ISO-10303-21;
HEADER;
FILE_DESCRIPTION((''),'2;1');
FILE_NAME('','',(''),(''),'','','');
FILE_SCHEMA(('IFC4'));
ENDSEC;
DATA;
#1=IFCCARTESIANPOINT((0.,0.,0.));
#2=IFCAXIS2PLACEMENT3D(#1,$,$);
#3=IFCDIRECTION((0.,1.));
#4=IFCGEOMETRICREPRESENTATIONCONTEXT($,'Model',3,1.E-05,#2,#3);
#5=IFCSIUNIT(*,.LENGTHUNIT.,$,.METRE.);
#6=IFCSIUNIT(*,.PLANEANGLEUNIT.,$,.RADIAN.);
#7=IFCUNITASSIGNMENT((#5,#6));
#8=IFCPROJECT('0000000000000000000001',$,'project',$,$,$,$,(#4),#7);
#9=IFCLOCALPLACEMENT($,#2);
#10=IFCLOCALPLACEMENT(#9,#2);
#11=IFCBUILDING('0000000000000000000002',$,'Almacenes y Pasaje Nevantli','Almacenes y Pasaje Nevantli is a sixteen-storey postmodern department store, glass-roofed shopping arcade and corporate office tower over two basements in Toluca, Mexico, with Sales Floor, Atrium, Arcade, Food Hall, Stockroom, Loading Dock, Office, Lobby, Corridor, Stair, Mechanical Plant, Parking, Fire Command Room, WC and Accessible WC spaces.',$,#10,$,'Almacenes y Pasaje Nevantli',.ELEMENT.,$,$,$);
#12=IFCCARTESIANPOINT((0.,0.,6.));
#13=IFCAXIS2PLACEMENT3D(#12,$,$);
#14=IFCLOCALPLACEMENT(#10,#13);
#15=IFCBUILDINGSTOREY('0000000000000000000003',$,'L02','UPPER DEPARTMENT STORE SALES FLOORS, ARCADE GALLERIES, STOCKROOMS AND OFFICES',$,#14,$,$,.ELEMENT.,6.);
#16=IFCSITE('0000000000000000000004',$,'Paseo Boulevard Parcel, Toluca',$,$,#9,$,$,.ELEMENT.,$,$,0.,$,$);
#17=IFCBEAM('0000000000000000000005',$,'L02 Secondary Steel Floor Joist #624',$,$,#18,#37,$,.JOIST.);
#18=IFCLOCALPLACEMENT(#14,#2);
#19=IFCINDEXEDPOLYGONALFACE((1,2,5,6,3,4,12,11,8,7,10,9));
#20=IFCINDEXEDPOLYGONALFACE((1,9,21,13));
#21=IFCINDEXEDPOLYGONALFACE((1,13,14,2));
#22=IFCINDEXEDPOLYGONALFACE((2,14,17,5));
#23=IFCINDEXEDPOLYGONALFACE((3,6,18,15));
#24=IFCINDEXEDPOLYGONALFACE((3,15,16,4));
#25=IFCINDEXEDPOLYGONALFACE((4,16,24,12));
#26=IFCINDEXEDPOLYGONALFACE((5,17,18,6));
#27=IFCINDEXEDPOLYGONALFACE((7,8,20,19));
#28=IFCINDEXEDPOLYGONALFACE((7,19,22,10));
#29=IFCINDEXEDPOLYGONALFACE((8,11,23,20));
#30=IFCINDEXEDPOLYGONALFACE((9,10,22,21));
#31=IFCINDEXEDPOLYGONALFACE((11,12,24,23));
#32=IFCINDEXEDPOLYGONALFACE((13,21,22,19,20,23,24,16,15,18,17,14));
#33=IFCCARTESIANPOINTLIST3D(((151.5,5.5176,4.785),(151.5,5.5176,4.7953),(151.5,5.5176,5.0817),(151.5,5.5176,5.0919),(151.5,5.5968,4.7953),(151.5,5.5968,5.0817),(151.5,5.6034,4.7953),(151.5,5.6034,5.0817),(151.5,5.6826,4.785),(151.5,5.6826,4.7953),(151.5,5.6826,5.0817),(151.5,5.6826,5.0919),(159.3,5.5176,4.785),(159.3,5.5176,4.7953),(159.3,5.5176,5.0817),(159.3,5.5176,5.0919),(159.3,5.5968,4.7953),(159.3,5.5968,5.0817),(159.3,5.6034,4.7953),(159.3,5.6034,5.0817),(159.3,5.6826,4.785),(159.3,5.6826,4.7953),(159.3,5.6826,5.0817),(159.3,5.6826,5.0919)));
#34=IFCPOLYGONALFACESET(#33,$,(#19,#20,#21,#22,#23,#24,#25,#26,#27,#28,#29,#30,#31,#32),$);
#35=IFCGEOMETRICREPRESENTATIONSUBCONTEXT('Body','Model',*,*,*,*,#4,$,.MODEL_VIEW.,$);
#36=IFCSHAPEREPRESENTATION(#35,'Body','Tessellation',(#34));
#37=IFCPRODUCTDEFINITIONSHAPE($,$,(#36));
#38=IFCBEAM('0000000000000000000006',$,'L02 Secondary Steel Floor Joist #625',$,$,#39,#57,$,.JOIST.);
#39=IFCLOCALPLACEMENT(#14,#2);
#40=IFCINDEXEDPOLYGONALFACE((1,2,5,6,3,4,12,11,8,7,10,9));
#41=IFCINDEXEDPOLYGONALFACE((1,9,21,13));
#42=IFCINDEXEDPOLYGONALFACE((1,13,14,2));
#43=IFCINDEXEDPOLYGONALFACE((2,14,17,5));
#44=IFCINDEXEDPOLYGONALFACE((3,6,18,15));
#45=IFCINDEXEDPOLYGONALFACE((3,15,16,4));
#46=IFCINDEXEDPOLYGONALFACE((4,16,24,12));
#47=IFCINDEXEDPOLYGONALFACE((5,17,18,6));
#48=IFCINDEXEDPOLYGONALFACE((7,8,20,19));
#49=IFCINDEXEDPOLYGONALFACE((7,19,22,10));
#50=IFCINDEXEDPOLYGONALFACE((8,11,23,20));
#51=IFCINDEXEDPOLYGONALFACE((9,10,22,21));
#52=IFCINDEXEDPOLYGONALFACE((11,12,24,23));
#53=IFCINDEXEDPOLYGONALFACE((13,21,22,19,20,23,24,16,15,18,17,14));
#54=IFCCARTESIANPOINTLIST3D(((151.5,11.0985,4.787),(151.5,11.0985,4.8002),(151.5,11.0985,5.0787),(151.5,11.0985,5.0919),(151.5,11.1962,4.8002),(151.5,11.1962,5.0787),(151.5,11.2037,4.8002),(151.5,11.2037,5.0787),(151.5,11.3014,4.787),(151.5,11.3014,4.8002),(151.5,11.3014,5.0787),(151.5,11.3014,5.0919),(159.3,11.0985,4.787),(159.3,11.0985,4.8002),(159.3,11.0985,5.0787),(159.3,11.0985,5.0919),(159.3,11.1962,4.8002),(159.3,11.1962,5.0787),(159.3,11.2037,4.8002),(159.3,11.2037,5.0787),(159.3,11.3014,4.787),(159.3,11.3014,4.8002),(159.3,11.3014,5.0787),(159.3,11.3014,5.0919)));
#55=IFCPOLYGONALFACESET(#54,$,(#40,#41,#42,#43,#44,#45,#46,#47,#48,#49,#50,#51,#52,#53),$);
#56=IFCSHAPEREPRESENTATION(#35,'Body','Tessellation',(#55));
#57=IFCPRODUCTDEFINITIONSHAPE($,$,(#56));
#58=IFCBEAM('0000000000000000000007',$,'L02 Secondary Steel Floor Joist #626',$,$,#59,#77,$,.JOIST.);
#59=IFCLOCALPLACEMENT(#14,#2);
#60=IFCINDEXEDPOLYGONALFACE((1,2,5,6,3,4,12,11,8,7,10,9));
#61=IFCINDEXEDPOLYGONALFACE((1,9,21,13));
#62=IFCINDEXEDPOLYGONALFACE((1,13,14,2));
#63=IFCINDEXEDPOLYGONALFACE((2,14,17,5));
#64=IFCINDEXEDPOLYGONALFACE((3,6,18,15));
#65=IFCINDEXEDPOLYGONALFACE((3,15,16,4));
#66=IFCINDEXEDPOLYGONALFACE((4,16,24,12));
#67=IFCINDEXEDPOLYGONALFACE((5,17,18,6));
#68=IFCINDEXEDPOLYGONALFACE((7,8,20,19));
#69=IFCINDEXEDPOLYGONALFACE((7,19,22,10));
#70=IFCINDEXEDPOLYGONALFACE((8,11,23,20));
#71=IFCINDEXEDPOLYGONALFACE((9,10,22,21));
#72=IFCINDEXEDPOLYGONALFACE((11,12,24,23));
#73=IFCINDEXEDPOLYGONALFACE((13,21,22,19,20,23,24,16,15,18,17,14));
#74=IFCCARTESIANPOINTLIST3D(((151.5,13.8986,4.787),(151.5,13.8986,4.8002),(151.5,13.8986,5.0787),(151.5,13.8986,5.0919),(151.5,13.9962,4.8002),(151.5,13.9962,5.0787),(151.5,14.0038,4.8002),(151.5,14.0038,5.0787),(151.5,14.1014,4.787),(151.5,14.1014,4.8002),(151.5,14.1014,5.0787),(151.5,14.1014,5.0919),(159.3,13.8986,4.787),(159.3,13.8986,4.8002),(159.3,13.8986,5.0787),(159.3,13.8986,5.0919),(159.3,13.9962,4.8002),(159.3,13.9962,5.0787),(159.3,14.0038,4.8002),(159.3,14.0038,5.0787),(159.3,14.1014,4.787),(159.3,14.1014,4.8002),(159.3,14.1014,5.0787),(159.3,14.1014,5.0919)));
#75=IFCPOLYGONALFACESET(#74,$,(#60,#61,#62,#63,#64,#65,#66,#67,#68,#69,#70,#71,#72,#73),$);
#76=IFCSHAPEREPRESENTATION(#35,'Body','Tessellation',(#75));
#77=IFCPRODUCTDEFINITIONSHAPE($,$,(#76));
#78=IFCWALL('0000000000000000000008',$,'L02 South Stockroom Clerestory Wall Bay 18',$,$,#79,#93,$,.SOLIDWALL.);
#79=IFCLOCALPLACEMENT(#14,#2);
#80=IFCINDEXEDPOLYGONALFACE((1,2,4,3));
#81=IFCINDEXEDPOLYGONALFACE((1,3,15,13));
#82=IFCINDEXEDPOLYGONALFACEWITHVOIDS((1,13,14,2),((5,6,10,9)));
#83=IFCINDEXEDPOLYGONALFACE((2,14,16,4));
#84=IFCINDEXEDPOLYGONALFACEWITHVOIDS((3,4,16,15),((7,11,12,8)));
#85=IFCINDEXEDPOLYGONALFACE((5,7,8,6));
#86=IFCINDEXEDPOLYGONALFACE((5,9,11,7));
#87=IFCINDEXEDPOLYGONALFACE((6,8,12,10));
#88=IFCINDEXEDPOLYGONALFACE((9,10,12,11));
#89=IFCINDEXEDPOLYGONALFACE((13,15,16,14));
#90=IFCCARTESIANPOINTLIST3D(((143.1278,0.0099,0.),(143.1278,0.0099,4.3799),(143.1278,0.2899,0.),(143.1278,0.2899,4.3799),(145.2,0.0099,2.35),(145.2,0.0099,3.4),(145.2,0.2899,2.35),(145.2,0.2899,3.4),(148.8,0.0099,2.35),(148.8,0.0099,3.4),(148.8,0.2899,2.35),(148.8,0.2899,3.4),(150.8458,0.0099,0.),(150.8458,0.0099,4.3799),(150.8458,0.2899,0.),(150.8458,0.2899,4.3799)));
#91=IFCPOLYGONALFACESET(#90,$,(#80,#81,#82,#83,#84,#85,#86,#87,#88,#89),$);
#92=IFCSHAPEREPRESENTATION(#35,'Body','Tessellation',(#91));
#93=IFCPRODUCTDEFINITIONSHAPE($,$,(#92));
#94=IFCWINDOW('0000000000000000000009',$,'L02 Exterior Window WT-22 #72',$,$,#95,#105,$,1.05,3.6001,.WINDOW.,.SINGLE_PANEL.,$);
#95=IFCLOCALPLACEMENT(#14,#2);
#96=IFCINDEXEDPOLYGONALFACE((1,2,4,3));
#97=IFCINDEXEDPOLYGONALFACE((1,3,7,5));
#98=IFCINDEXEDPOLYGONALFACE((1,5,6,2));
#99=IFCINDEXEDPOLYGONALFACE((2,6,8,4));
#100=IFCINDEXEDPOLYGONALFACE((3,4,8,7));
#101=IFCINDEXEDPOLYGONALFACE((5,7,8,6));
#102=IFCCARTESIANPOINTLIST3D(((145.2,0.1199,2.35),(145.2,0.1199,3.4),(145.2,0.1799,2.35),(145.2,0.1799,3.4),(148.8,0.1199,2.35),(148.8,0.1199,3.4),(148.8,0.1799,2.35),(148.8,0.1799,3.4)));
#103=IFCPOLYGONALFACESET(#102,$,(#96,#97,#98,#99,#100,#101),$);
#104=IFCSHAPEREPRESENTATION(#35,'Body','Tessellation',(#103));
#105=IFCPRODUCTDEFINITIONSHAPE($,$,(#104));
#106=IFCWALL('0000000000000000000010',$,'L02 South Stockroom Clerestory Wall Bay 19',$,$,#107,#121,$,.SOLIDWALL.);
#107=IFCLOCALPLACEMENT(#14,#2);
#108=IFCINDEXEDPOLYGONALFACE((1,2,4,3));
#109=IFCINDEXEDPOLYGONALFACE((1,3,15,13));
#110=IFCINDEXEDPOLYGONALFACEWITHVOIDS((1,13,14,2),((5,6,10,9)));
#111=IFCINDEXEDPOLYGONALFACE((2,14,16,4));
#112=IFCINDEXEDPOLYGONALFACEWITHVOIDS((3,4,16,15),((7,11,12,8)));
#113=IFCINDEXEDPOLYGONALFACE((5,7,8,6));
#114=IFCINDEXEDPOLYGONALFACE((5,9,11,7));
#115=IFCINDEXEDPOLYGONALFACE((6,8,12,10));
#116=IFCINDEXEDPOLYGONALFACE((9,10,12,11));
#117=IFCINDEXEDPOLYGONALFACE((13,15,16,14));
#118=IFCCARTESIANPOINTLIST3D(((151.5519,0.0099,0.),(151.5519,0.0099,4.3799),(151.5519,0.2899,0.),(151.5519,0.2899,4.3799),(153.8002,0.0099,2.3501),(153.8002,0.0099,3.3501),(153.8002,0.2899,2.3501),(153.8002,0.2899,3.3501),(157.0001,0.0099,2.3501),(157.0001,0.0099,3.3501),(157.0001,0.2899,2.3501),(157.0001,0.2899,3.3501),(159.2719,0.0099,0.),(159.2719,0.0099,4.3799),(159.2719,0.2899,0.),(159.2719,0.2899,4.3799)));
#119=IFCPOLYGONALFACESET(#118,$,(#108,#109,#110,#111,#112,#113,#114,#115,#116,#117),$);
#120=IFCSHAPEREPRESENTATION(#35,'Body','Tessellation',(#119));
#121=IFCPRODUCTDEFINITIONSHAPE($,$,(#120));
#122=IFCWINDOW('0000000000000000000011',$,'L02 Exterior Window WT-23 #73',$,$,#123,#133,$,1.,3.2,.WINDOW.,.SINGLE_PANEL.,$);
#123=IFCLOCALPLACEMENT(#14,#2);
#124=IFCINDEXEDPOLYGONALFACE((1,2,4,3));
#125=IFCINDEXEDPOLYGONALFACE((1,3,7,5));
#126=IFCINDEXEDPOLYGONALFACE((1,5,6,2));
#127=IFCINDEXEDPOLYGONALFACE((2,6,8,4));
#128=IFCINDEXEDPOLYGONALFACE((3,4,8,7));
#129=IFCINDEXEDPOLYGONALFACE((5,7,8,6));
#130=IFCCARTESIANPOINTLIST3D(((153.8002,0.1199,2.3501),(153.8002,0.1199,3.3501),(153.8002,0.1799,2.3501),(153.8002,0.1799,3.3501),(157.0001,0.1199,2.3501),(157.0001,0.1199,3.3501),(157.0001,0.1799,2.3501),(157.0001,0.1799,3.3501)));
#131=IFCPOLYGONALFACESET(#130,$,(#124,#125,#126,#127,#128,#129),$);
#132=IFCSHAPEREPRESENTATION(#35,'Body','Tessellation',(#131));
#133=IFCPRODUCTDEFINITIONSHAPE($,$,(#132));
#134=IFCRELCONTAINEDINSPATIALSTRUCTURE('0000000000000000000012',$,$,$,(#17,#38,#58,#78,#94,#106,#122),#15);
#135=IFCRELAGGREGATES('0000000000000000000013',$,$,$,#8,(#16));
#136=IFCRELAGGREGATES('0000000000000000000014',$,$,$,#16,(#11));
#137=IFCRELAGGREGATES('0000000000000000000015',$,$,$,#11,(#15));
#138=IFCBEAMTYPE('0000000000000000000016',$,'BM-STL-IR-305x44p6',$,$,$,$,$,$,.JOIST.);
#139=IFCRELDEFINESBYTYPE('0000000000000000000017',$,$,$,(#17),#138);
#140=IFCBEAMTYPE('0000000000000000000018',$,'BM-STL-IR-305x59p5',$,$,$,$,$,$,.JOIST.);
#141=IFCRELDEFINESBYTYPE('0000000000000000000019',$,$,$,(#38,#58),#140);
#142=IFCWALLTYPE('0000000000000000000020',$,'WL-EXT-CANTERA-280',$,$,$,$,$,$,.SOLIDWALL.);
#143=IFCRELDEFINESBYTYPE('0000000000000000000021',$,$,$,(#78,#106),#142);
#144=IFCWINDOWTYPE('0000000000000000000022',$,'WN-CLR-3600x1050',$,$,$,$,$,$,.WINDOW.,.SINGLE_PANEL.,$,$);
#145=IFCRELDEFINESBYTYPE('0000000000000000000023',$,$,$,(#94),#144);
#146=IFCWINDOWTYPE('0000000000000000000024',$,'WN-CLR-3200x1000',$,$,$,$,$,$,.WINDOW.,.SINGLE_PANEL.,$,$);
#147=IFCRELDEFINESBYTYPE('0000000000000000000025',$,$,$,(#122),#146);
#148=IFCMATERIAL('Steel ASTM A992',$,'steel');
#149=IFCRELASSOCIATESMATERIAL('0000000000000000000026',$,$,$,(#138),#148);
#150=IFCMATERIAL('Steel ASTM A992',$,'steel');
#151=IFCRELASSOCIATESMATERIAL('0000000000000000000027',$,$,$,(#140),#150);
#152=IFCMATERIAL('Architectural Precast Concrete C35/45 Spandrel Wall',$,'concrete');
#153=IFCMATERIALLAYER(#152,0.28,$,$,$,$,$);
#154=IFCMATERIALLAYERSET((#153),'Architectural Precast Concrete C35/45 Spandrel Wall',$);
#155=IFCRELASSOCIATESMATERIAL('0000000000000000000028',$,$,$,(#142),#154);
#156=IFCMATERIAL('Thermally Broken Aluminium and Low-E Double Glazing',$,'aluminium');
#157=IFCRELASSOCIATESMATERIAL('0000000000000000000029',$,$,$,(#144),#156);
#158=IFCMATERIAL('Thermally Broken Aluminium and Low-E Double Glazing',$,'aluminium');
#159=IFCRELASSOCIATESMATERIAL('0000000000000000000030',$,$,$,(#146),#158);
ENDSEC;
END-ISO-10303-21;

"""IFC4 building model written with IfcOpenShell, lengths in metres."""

from ifc_helpers import new_model, si_unit, direction, frame, frame_2d, origin, origin_2d, place, context, subcontext, project, spatial, rectangle, i_section, extrude, material, layer, layer_set, material_profile, profile_set, type_object, element, fill, save


model = new_model("IFC4")

# Units and contexts
model_context = context("Model", 3, precision=1e-05, world=origin(), true_north=direction((0.0, 1.0)))
body_context = subcontext(model_context, "Body", "Model", "MODEL_VIEW")
ifc_project = project(units=[si_unit("LENGTHUNIT", "METRE"), si_unit("PLANEANGLEUNIT", "RADIAN")], contexts=[model_context])

# Site, building, storey
site_placement = place(None, origin())
site = spatial("IfcSite", under=ifc_project, at=site_placement, Name="Paseo Boulevard Parcel, Toluca", CompositionType="ELEMENT", RefElevation=0.0)
building_placement = place(site_placement, origin())
building = spatial("IfcBuilding", under=site, at=building_placement, Name="Almacenes y Pasaje Nevantli", Description="Almacenes y Pasaje Nevantli is a sixteen-storey postmodern department store, glass-roofed shopping arcade and corporate office tower over two basements in Toluca, Mexico, with Sales Floor, Atrium, Arcade, Food Hall, Stockroom, Loading Dock, Office, Lobby, Corridor, Stair, Mechanical Plant, Parking, Fire Command Room, WC and Accessible WC spaces.", LongName="Almacenes y Pasaje Nevantli", CompositionType="ELEMENT")
storey_placement = place(building_placement, frame((0.0, 0.0, 6.0)))
storey = spatial("IfcBuildingStorey", under=building, at=storey_placement, Name="L02", Description="UPPER DEPARTMENT STORE SALES FLOORS, ARCADE GALLERIES, STOCKROOMS AND OFFICES", CompositionType="ELEMENT", Elevation=6.0)

# Beams
ifc_material_1 = material(Name="Steel ASTM A992", Category="steel")
ifc_material_profile_1 = material_profile(ifc_material_1, i_section(OverallWidth=0.165, OverallDepth=0.3069, WebThickness=0.0066, FlangeThickness=0.0103, at=origin_2d()), Name="IR 305x44.6")
ifc_profile_set_1 = profile_set([ifc_material_profile_1], Name="Steel ASTM A992")
beam_type_1 = type_object("IfcBeamType", Name="BM-STL-IR-305x44p6", PredefinedType="JOIST", material=ifc_profile_set_1)
for number, where, z_axis, x_axis, name in (
    (1, (151.5, 5.6001, 4.9385), (1.0, 0.0, 0.0), (0.0, 1.0, 0.0), "L02 Secondary Steel Floor Joist #624"),
):
    element("IfcBeam", number, at=place(storey_placement, frame(where, z_axis=z_axis, x_axis=x_axis)), inside=storey, type_object=beam_type_1, Name=name, PredefinedType="JOIST", context=body_context, shape_type="SweptSolid", body=[
        extrude(i_section(OverallWidth=0.165, OverallDepth=0.3069, WebThickness=0.0066, FlangeThickness=0.0103, at=origin_2d()), origin(), (0.0, 0.0, 1.0), 7.8),
    ])
ifc_material_2 = material(Name="Steel ASTM A992", Category="steel")
ifc_material_profile_2 = material_profile(ifc_material_2, i_section(OverallWidth=0.2029, OverallDepth=0.3049, WebThickness=0.0076, FlangeThickness=0.0132, at=origin_2d()), Name="IR 305x59.5")
ifc_profile_set_2 = profile_set([ifc_material_profile_2], Name="Steel ASTM A992")
beam_type_2 = type_object("IfcBeamType", Name="BM-STL-IR-305x59p5", PredefinedType="JOIST", material=ifc_profile_set_2)
for number, where, z_axis, x_axis, name in (
    (2, (151.5, 11.2, 4.9395), (1.0, 0.0, 0.0), (0.0, 1.0, 0.0), "L02 Secondary Steel Floor Joist #625"),
    (3, (151.5, 14.0, 4.9395), (1.0, 0.0, 0.0), (0.0, 1.0, 0.0), "L02 Secondary Steel Floor Joist #626"),
):
    element("IfcBeam", number, at=place(storey_placement, frame(where, z_axis=z_axis, x_axis=x_axis)), inside=storey, type_object=beam_type_2, Name=name, PredefinedType="JOIST", context=body_context, shape_type="SweptSolid", body=[
        extrude(i_section(OverallWidth=0.2029, OverallDepth=0.3049, WebThickness=0.0076, FlangeThickness=0.0132, at=origin_2d()), origin(), (0.0, 0.0, 1.0), 7.8),
    ])

# Walls, openings, windows
ifc_material_3 = material(Name="Architectural Precast Concrete C35/45 Spandrel Wall", Category="concrete")
ifc_layer = layer(ifc_material_3, 0.28)
ifc_layer_set = layer_set([ifc_layer], Name="Architectural Precast Concrete C35/45 Spandrel Wall")
wall_type = type_object("IfcWallType", Name="WL-EXT-CANTERA-280", PredefinedType="SOLIDWALL", material=ifc_layer_set)
wall_1_placement = place(storey_placement, frame((143.1279, 0.1499, 0.0), z_axis=(0.0, 0.0, 1.0), x_axis=(1.0, 0.0, 0.0)))
wall_1 = element("IfcWall", 4, at=wall_1_placement, inside=storey, type_object=wall_type, Name="L02 South Stockroom Clerestory Wall Bay 18", PredefinedType="SOLIDWALL", context=body_context, shape_type="SweptSolid", body=[
    extrude(rectangle(XDim=7.718, YDim=0.28, at=frame_2d((3.8589, 0.0))), origin(), (0.0, 0.0, 1.0), 4.3799),
])
opening_1_placement = place(wall_1_placement, frame((2.072, 0.0, 2.3501)))
opening_1 = element("IfcOpeningElement", 5, at=opening_1_placement, cuts=wall_1, PredefinedType="OPENING", context=body_context, shape_type="SweptSolid", body=[
    extrude(rectangle(XDim=3.6001, YDim=1.05, at=frame_2d((1.8, 0.5249))), frame((0.0, 0.1499, 0.0), z_axis=(0.0, -1.0, 0.0), x_axis=(1.0, 0.0, 0.0)), (0.0, 0.0, 1.0), 0.3),
])
ifc_material_4 = material(Name="Thermally Broken Aluminium and Low-E Double Glazing", Category="aluminium")
window_type_1 = type_object("IfcWindowType", Name="WN-CLR-3600x1050", PartitioningType="SINGLE_PANEL", PredefinedType="WINDOW", material=ifc_material_4)
window_1_placement = place(opening_1_placement, origin())
window_1 = element("IfcWindow", 6, at=window_1_placement, inside=storey, type_object=window_type_1, Name="L02 Exterior Window WT-22 #72", OverallHeight=1.05, OverallWidth=3.6001, PartitioningType="SINGLE_PANEL", PredefinedType="WINDOW", context=body_context, shape_type="SweptSolid", body=[
    extrude(rectangle(XDim=3.6001, YDim=1.05, at=frame_2d((1.8, 0.5249))), frame((0.0, 0.03, 0.0), z_axis=(0.0, -1.0, 0.0), x_axis=(1.0, 0.0, 0.0)), (0.0, 0.0, 1.0), 0.0601),
])
fill(opening_1, window_1)
wall_2_placement = place(storey_placement, frame((151.552, 0.1499, 0.0), z_axis=(0.0, 0.0, 1.0), x_axis=(1.0, 0.0, 0.0)))
wall_2 = element("IfcWall", 7, at=wall_2_placement, inside=storey, type_object=wall_type, Name="L02 South Stockroom Clerestory Wall Bay 19", PredefinedType="SOLIDWALL", context=body_context, shape_type="SweptSolid", body=[
    extrude(rectangle(XDim=7.72, YDim=0.28, at=frame_2d((3.8599, 0.0))), origin(), (0.0, 0.0, 1.0), 4.3799),
])
opening_2_placement = place(wall_2_placement, frame((2.248, 0.0, 2.3501)))
opening_2 = element("IfcOpeningElement", 8, at=opening_2_placement, cuts=wall_2, PredefinedType="OPENING", context=body_context, shape_type="SweptSolid", body=[
    extrude(rectangle(XDim=3.2, YDim=1.0, at=frame_2d((1.6001, 0.5))), frame((0.0, 0.1499, 0.0), z_axis=(0.0, -1.0, 0.0), x_axis=(1.0, 0.0, 0.0)), (0.0, 0.0, 1.0), 0.3),
])
ifc_material_5 = material(Name="Thermally Broken Aluminium and Low-E Double Glazing", Category="aluminium")
window_type_2 = type_object("IfcWindowType", Name="WN-CLR-3200x1000", PartitioningType="SINGLE_PANEL", PredefinedType="WINDOW", material=ifc_material_5)
window_2_placement = place(opening_2_placement, origin())
window_2 = element("IfcWindow", 9, at=window_2_placement, inside=storey, type_object=window_type_2, Name="L02 Exterior Window WT-23 #73", OverallHeight=1.0, OverallWidth=3.2, PartitioningType="SINGLE_PANEL", PredefinedType="WINDOW", context=body_context, shape_type="SweptSolid", body=[
    extrude(rectangle(XDim=3.2, YDim=1.0, at=frame_2d((1.6001, 0.5))), frame((0.0, 0.03, 0.0), z_axis=(0.0, -1.0, 0.0), x_axis=(1.0, 0.0, 0.0)), (0.0, 0.0, 1.0), 0.0601),
])
fill(opening_2, window_2)

save(model, "model.ifc")
